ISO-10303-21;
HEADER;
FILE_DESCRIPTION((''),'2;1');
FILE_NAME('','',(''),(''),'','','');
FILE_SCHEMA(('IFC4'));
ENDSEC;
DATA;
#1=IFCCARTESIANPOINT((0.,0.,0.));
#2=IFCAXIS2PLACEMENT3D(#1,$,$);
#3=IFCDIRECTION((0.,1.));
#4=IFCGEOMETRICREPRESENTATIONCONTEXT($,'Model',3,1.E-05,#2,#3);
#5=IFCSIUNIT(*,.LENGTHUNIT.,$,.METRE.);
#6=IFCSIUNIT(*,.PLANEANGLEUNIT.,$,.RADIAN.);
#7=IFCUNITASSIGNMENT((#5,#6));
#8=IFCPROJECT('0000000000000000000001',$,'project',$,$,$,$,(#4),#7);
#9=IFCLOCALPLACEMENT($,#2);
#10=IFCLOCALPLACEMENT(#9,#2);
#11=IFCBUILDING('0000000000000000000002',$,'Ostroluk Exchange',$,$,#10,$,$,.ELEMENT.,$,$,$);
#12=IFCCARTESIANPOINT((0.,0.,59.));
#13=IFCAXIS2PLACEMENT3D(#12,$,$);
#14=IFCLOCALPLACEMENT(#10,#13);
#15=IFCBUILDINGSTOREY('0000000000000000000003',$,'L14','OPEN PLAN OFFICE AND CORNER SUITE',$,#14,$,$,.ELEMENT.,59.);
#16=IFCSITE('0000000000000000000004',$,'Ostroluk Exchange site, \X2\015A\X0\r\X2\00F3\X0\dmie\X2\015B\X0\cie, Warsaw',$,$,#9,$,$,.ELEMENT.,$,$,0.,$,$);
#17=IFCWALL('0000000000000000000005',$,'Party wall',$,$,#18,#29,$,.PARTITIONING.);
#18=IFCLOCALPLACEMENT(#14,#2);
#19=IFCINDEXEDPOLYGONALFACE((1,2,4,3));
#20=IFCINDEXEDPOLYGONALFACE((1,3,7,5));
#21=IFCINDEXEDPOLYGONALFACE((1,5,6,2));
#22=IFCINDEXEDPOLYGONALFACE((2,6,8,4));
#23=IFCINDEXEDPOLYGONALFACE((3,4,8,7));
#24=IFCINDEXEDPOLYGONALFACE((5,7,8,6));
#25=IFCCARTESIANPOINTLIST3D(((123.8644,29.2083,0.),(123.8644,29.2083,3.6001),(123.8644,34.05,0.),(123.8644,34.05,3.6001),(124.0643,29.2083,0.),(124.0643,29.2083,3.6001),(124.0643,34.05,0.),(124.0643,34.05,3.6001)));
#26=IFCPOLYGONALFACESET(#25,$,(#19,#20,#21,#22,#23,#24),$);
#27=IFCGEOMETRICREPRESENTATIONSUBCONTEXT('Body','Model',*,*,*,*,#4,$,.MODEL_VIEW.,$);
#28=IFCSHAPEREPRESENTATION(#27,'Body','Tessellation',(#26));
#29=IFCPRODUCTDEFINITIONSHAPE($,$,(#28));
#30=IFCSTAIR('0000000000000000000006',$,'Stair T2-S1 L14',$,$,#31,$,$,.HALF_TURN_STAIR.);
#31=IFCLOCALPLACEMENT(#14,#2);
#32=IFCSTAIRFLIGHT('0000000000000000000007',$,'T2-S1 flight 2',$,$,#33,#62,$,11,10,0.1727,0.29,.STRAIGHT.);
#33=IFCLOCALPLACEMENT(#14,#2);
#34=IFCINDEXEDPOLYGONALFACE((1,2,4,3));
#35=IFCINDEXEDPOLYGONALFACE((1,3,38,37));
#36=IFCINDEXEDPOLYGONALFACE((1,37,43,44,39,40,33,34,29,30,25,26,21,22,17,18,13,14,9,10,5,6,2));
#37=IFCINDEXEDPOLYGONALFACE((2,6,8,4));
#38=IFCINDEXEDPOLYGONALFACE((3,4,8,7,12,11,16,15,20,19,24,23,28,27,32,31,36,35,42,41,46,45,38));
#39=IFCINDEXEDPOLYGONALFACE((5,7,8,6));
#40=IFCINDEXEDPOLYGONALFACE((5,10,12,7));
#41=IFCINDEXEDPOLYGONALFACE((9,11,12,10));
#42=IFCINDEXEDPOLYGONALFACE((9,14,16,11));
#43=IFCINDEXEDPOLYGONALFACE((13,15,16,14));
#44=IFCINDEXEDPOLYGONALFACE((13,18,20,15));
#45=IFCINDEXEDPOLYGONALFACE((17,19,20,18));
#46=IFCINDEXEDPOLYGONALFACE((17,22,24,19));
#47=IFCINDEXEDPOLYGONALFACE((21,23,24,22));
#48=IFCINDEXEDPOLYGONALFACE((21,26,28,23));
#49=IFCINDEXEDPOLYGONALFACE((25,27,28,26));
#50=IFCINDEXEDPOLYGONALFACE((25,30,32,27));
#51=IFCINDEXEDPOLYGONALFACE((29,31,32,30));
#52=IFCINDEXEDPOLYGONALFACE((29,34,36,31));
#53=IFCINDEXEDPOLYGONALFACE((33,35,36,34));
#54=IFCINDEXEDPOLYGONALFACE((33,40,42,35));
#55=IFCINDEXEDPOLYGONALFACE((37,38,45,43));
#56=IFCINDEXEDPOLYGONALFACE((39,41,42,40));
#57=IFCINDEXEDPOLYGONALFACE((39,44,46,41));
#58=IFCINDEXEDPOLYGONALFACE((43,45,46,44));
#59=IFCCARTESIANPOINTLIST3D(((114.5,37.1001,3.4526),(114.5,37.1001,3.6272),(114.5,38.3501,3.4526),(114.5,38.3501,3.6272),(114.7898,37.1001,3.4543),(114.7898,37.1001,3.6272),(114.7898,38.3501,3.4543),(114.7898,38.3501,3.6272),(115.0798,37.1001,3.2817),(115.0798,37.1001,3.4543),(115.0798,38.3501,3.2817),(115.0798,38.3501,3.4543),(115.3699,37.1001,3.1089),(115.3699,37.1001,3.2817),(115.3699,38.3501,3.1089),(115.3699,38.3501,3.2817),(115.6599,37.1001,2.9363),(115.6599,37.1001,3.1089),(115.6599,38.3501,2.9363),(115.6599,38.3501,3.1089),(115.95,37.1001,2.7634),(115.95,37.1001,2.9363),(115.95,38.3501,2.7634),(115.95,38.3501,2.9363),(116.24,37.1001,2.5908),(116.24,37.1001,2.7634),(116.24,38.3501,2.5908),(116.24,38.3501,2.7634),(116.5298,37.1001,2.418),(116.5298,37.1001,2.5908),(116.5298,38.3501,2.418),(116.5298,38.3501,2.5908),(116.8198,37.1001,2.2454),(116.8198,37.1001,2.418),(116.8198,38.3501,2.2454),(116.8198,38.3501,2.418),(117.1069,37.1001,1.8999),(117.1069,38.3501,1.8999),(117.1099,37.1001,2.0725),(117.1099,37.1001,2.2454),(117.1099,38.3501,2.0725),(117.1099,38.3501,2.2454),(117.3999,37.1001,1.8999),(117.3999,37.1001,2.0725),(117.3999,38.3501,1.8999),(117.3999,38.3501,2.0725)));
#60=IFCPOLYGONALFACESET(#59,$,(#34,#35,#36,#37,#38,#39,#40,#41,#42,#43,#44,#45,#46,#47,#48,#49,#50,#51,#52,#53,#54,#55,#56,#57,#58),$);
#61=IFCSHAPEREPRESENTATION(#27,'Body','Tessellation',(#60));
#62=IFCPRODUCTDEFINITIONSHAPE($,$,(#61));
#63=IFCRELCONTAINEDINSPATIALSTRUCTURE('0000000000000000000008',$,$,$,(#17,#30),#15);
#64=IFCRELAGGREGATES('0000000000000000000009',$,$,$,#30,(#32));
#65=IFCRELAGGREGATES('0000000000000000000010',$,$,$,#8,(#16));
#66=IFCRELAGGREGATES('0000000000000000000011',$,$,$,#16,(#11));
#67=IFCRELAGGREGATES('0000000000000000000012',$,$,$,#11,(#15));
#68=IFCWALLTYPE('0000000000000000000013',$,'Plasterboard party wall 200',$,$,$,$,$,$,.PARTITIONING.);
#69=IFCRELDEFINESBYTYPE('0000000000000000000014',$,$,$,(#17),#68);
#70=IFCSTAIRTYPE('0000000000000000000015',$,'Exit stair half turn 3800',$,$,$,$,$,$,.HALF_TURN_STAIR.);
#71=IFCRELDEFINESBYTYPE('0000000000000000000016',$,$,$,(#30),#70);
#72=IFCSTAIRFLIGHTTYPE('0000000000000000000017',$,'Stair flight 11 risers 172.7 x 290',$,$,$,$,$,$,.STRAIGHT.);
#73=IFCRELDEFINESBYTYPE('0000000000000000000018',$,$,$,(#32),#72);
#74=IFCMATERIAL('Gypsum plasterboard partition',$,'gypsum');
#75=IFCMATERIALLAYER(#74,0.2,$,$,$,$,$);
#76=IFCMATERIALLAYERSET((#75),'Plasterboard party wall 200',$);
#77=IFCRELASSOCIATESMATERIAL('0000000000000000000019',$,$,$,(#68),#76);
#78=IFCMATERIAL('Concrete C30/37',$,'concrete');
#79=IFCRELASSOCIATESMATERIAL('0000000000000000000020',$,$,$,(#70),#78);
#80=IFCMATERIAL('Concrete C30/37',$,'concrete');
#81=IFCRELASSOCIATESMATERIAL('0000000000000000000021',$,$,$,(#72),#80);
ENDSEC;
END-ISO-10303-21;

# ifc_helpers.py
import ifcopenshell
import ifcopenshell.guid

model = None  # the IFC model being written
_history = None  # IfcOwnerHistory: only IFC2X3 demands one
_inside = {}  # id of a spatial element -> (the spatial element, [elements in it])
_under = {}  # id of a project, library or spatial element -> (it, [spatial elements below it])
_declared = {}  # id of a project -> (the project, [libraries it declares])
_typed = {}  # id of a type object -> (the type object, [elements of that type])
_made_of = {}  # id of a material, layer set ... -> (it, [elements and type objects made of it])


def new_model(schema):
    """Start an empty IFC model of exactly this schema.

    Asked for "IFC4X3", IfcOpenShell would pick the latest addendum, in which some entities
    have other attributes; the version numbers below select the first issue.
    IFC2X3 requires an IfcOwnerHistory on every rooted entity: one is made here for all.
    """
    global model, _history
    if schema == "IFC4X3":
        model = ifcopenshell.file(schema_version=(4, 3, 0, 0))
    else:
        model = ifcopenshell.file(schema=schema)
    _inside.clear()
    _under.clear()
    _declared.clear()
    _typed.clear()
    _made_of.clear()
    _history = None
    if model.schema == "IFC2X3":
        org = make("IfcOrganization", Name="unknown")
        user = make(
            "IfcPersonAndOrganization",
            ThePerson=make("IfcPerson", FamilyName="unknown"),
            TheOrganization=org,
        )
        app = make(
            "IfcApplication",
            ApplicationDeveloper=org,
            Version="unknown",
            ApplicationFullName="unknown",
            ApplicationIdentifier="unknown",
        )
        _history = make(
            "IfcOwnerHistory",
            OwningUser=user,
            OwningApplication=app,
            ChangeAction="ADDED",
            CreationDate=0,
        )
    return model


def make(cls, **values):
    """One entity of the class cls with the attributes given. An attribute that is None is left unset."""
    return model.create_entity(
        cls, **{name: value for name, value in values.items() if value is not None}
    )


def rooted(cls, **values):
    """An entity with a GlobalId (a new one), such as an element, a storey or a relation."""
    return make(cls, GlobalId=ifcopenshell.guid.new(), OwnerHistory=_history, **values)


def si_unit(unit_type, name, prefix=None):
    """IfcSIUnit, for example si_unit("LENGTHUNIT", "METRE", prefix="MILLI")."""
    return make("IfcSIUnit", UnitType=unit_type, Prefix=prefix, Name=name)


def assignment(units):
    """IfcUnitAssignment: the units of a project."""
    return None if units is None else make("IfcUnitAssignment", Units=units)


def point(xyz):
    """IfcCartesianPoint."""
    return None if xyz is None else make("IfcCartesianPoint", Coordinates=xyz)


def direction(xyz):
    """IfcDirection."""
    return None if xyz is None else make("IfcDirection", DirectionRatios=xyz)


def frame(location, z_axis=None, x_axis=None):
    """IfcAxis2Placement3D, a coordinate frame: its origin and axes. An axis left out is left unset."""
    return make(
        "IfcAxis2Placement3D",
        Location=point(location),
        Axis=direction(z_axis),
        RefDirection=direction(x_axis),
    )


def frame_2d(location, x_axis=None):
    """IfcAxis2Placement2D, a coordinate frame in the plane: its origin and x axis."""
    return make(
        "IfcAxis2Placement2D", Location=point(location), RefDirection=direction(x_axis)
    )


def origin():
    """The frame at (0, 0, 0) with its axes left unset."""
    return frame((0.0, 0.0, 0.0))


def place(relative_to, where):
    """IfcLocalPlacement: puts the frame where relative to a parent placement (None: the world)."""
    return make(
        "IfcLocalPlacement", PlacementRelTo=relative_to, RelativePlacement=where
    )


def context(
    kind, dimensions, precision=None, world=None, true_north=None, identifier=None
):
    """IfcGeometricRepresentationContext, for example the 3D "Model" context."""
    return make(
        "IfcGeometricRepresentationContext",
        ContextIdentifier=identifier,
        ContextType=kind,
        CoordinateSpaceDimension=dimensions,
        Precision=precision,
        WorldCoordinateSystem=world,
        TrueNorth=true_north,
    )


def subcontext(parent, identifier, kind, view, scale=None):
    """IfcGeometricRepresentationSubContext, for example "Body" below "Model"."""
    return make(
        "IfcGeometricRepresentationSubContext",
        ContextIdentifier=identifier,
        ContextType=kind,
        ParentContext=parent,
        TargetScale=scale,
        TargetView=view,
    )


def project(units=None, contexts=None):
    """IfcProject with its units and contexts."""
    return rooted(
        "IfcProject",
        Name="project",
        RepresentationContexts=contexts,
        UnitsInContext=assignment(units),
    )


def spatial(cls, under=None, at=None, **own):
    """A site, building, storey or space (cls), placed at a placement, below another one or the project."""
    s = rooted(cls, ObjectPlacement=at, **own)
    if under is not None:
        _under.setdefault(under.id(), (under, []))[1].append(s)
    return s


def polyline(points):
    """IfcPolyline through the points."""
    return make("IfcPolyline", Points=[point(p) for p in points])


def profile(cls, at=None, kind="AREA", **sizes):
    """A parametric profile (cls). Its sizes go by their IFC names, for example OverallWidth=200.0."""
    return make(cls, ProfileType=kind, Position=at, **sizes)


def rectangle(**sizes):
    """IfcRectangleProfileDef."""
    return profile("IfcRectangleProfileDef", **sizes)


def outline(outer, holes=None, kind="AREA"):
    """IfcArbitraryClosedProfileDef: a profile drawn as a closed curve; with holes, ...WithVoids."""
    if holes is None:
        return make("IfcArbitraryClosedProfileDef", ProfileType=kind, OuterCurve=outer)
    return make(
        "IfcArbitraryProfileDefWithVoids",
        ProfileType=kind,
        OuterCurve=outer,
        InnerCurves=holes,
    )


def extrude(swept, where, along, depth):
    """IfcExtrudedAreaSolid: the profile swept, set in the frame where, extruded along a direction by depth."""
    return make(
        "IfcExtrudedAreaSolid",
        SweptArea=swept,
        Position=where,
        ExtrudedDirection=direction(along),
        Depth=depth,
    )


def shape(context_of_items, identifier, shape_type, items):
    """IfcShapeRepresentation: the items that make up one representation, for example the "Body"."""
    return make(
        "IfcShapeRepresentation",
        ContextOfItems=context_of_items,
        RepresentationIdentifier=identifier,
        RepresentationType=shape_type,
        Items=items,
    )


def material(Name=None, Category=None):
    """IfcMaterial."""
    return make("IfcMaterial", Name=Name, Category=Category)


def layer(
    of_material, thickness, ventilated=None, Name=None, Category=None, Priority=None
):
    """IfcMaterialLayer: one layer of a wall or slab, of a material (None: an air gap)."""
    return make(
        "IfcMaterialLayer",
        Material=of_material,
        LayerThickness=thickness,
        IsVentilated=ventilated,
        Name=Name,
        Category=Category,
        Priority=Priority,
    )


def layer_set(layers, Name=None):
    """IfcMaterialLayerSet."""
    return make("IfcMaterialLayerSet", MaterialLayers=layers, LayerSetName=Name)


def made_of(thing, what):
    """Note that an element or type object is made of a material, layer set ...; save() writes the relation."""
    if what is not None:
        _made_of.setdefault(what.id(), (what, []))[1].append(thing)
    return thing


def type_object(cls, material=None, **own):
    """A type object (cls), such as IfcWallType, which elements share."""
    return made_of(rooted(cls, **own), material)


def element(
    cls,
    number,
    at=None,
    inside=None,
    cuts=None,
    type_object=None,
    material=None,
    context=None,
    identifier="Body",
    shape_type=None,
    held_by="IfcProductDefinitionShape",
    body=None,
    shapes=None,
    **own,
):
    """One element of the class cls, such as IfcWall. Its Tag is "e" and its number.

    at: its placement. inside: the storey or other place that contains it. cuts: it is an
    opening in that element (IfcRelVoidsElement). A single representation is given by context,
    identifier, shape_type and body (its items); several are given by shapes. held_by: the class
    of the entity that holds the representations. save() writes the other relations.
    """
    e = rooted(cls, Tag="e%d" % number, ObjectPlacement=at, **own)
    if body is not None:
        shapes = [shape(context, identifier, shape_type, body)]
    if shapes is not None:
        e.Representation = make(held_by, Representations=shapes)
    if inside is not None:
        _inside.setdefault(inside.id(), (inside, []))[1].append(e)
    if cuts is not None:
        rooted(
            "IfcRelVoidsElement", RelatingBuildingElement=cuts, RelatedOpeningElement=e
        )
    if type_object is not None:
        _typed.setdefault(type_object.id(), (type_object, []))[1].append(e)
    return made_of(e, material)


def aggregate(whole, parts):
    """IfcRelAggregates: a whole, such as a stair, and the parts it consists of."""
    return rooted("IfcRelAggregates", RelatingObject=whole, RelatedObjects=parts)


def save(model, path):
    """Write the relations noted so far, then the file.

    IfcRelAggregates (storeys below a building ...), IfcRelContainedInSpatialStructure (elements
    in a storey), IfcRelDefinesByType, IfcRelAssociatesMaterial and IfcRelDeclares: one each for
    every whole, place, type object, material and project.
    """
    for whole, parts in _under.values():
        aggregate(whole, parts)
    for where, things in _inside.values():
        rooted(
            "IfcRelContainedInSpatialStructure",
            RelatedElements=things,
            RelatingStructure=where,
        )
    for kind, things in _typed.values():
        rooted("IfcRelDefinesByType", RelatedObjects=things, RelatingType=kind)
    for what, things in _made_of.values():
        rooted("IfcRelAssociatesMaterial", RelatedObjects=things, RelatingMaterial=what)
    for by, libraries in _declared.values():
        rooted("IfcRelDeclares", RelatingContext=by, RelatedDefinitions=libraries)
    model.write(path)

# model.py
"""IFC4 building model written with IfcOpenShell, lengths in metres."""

from ifc_helpers import new_model, si_unit, direction, frame, frame_2d, origin, place, context, subcontext, project, spatial, polyline, rectangle, outline, extrude, material, layer, layer_set, type_object, element, aggregate, save


model = new_model("IFC4")

# Units and contexts
model_context = context("Model", 3, precision=1e-05, world=origin(), true_north=direction((0.0, 1.0)))
body_context = subcontext(model_context, "Body", "Model", "MODEL_VIEW")
ifc_project = project(units=[si_unit("LENGTHUNIT", "METRE"), si_unit("PLANEANGLEUNIT", "RADIAN")], contexts=[model_context])

# Site, building, storey
site_placement = place(None, origin())
site = spatial("IfcSite", under=ifc_project, at=site_placement, Name="Ostroluk Exchange site, Śródmieście, Warsaw", CompositionType="ELEMENT", RefElevation=0.0)
building_placement = place(site_placement, origin())
building = spatial("IfcBuilding", under=site, at=building_placement, Name="Ostroluk Exchange", CompositionType="ELEMENT")
storey_placement = place(building_placement, frame((0.0, 0.0, 59.0)))
storey = spatial("IfcBuildingStorey", under=building, at=storey_placement, Name="L14", Description="OPEN PLAN OFFICE AND CORNER SUITE", CompositionType="ELEMENT", Elevation=59.0)

# Wall
ifc_material_1 = material(Name="Gypsum plasterboard partition", Category="gypsum")
ifc_layer_1 = layer(ifc_material_1, 0.2)
ifc_layer_set_1 = layer_set([ifc_layer_1], Name="Plasterboard party wall 200")
wall_type_1 = type_object("IfcWallType", Name="Plasterboard party wall 200", PredefinedType="PARTITIONING", material=ifc_layer_set_1)
wall_1_placement = place(storey_placement, frame((123.9644, 34.05, 0.0), z_axis=(0.0, 0.0, 1.0), x_axis=(0.0, -1.0, 0.0)))
element("IfcWall", 1, at=wall_1_placement, inside=storey, type_object=wall_type_1, Name="Party wall", PredefinedType="PARTITIONING", context=body_context, shape_type="SweptSolid", body=[
    extrude(rectangle(XDim=4.8418, YDim=0.2, at=frame_2d((2.4209, 0.0))), origin(), (0.0, 0.0, 1.0), 3.6001),
])

# Stair, stair flight
ifc_material_2 = material(Name="Concrete C30/37", Category="concrete")
stair_type = type_object("IfcStairType", Name="Exit stair half turn 3800", PredefinedType="HALF_TURN_STAIR", material=ifc_material_2)
stair_placement = place(storey_placement, origin())
stair = element("IfcStair", 2, at=stair_placement, inside=storey, type_object=stair_type, Name="Stair T2-S1 L14", PredefinedType="HALF_TURN_STAIR")
ifc_material_3 = material(Name="Concrete C30/37", Category="concrete")
stair_flight_type = type_object("IfcStairFlightType", Name="Stair flight 11 risers 172.7 x 290", PredefinedType="STRAIGHT", material=ifc_material_3)
stair_flight_placement = place(storey_placement, frame((117.3999, 37.7251, 1.8999), z_axis=(0.0, 0.0, 1.0), x_axis=(-1.0, 0.0, 0.0)))
stair_flight = element("IfcStairFlight", 3, at=stair_flight_placement, type_object=stair_flight_type, Name="T2-S1 flight 2", NumberOfRisers=11, NumberOfTreads=10, PredefinedType="STRAIGHT", RiserHeight=0.1727, TreadLength=0.29, context=body_context, shape_type="SweptSolid", body=[
    extrude(outline(polyline([(0.0, 0.0), (0.0, 0.1726), (0.29, 0.1726), (0.29, 0.3455), (0.5801, 0.3455), (0.5801, 0.5181), (0.8701, 0.5181), (0.8701, 0.6909), (1.1599, 0.6909), (1.1599, 0.8635), (1.45, 0.8635), (1.45, 1.0364), (1.74, 1.0364), (1.74, 1.209), (2.03, 1.209), (2.03, 1.3818), (2.3201, 1.3818), (2.3201, 1.5544), (2.6101, 1.5544), (2.6101, 1.7273), (2.8999, 1.7273), (2.8999, 1.8999), (2.8999, 1.5527), (0.293, 0.0), (0.0, 0.0)])), frame((0.0, 0.625, 0.0), z_axis=(0.0, -1.0, 0.0), x_axis=(1.0, 0.0, 0.0)), (0.0, 0.0, 1.0), 1.25),
])
aggregate(stair, [stair_flight])

save(model, "model.ifc")
